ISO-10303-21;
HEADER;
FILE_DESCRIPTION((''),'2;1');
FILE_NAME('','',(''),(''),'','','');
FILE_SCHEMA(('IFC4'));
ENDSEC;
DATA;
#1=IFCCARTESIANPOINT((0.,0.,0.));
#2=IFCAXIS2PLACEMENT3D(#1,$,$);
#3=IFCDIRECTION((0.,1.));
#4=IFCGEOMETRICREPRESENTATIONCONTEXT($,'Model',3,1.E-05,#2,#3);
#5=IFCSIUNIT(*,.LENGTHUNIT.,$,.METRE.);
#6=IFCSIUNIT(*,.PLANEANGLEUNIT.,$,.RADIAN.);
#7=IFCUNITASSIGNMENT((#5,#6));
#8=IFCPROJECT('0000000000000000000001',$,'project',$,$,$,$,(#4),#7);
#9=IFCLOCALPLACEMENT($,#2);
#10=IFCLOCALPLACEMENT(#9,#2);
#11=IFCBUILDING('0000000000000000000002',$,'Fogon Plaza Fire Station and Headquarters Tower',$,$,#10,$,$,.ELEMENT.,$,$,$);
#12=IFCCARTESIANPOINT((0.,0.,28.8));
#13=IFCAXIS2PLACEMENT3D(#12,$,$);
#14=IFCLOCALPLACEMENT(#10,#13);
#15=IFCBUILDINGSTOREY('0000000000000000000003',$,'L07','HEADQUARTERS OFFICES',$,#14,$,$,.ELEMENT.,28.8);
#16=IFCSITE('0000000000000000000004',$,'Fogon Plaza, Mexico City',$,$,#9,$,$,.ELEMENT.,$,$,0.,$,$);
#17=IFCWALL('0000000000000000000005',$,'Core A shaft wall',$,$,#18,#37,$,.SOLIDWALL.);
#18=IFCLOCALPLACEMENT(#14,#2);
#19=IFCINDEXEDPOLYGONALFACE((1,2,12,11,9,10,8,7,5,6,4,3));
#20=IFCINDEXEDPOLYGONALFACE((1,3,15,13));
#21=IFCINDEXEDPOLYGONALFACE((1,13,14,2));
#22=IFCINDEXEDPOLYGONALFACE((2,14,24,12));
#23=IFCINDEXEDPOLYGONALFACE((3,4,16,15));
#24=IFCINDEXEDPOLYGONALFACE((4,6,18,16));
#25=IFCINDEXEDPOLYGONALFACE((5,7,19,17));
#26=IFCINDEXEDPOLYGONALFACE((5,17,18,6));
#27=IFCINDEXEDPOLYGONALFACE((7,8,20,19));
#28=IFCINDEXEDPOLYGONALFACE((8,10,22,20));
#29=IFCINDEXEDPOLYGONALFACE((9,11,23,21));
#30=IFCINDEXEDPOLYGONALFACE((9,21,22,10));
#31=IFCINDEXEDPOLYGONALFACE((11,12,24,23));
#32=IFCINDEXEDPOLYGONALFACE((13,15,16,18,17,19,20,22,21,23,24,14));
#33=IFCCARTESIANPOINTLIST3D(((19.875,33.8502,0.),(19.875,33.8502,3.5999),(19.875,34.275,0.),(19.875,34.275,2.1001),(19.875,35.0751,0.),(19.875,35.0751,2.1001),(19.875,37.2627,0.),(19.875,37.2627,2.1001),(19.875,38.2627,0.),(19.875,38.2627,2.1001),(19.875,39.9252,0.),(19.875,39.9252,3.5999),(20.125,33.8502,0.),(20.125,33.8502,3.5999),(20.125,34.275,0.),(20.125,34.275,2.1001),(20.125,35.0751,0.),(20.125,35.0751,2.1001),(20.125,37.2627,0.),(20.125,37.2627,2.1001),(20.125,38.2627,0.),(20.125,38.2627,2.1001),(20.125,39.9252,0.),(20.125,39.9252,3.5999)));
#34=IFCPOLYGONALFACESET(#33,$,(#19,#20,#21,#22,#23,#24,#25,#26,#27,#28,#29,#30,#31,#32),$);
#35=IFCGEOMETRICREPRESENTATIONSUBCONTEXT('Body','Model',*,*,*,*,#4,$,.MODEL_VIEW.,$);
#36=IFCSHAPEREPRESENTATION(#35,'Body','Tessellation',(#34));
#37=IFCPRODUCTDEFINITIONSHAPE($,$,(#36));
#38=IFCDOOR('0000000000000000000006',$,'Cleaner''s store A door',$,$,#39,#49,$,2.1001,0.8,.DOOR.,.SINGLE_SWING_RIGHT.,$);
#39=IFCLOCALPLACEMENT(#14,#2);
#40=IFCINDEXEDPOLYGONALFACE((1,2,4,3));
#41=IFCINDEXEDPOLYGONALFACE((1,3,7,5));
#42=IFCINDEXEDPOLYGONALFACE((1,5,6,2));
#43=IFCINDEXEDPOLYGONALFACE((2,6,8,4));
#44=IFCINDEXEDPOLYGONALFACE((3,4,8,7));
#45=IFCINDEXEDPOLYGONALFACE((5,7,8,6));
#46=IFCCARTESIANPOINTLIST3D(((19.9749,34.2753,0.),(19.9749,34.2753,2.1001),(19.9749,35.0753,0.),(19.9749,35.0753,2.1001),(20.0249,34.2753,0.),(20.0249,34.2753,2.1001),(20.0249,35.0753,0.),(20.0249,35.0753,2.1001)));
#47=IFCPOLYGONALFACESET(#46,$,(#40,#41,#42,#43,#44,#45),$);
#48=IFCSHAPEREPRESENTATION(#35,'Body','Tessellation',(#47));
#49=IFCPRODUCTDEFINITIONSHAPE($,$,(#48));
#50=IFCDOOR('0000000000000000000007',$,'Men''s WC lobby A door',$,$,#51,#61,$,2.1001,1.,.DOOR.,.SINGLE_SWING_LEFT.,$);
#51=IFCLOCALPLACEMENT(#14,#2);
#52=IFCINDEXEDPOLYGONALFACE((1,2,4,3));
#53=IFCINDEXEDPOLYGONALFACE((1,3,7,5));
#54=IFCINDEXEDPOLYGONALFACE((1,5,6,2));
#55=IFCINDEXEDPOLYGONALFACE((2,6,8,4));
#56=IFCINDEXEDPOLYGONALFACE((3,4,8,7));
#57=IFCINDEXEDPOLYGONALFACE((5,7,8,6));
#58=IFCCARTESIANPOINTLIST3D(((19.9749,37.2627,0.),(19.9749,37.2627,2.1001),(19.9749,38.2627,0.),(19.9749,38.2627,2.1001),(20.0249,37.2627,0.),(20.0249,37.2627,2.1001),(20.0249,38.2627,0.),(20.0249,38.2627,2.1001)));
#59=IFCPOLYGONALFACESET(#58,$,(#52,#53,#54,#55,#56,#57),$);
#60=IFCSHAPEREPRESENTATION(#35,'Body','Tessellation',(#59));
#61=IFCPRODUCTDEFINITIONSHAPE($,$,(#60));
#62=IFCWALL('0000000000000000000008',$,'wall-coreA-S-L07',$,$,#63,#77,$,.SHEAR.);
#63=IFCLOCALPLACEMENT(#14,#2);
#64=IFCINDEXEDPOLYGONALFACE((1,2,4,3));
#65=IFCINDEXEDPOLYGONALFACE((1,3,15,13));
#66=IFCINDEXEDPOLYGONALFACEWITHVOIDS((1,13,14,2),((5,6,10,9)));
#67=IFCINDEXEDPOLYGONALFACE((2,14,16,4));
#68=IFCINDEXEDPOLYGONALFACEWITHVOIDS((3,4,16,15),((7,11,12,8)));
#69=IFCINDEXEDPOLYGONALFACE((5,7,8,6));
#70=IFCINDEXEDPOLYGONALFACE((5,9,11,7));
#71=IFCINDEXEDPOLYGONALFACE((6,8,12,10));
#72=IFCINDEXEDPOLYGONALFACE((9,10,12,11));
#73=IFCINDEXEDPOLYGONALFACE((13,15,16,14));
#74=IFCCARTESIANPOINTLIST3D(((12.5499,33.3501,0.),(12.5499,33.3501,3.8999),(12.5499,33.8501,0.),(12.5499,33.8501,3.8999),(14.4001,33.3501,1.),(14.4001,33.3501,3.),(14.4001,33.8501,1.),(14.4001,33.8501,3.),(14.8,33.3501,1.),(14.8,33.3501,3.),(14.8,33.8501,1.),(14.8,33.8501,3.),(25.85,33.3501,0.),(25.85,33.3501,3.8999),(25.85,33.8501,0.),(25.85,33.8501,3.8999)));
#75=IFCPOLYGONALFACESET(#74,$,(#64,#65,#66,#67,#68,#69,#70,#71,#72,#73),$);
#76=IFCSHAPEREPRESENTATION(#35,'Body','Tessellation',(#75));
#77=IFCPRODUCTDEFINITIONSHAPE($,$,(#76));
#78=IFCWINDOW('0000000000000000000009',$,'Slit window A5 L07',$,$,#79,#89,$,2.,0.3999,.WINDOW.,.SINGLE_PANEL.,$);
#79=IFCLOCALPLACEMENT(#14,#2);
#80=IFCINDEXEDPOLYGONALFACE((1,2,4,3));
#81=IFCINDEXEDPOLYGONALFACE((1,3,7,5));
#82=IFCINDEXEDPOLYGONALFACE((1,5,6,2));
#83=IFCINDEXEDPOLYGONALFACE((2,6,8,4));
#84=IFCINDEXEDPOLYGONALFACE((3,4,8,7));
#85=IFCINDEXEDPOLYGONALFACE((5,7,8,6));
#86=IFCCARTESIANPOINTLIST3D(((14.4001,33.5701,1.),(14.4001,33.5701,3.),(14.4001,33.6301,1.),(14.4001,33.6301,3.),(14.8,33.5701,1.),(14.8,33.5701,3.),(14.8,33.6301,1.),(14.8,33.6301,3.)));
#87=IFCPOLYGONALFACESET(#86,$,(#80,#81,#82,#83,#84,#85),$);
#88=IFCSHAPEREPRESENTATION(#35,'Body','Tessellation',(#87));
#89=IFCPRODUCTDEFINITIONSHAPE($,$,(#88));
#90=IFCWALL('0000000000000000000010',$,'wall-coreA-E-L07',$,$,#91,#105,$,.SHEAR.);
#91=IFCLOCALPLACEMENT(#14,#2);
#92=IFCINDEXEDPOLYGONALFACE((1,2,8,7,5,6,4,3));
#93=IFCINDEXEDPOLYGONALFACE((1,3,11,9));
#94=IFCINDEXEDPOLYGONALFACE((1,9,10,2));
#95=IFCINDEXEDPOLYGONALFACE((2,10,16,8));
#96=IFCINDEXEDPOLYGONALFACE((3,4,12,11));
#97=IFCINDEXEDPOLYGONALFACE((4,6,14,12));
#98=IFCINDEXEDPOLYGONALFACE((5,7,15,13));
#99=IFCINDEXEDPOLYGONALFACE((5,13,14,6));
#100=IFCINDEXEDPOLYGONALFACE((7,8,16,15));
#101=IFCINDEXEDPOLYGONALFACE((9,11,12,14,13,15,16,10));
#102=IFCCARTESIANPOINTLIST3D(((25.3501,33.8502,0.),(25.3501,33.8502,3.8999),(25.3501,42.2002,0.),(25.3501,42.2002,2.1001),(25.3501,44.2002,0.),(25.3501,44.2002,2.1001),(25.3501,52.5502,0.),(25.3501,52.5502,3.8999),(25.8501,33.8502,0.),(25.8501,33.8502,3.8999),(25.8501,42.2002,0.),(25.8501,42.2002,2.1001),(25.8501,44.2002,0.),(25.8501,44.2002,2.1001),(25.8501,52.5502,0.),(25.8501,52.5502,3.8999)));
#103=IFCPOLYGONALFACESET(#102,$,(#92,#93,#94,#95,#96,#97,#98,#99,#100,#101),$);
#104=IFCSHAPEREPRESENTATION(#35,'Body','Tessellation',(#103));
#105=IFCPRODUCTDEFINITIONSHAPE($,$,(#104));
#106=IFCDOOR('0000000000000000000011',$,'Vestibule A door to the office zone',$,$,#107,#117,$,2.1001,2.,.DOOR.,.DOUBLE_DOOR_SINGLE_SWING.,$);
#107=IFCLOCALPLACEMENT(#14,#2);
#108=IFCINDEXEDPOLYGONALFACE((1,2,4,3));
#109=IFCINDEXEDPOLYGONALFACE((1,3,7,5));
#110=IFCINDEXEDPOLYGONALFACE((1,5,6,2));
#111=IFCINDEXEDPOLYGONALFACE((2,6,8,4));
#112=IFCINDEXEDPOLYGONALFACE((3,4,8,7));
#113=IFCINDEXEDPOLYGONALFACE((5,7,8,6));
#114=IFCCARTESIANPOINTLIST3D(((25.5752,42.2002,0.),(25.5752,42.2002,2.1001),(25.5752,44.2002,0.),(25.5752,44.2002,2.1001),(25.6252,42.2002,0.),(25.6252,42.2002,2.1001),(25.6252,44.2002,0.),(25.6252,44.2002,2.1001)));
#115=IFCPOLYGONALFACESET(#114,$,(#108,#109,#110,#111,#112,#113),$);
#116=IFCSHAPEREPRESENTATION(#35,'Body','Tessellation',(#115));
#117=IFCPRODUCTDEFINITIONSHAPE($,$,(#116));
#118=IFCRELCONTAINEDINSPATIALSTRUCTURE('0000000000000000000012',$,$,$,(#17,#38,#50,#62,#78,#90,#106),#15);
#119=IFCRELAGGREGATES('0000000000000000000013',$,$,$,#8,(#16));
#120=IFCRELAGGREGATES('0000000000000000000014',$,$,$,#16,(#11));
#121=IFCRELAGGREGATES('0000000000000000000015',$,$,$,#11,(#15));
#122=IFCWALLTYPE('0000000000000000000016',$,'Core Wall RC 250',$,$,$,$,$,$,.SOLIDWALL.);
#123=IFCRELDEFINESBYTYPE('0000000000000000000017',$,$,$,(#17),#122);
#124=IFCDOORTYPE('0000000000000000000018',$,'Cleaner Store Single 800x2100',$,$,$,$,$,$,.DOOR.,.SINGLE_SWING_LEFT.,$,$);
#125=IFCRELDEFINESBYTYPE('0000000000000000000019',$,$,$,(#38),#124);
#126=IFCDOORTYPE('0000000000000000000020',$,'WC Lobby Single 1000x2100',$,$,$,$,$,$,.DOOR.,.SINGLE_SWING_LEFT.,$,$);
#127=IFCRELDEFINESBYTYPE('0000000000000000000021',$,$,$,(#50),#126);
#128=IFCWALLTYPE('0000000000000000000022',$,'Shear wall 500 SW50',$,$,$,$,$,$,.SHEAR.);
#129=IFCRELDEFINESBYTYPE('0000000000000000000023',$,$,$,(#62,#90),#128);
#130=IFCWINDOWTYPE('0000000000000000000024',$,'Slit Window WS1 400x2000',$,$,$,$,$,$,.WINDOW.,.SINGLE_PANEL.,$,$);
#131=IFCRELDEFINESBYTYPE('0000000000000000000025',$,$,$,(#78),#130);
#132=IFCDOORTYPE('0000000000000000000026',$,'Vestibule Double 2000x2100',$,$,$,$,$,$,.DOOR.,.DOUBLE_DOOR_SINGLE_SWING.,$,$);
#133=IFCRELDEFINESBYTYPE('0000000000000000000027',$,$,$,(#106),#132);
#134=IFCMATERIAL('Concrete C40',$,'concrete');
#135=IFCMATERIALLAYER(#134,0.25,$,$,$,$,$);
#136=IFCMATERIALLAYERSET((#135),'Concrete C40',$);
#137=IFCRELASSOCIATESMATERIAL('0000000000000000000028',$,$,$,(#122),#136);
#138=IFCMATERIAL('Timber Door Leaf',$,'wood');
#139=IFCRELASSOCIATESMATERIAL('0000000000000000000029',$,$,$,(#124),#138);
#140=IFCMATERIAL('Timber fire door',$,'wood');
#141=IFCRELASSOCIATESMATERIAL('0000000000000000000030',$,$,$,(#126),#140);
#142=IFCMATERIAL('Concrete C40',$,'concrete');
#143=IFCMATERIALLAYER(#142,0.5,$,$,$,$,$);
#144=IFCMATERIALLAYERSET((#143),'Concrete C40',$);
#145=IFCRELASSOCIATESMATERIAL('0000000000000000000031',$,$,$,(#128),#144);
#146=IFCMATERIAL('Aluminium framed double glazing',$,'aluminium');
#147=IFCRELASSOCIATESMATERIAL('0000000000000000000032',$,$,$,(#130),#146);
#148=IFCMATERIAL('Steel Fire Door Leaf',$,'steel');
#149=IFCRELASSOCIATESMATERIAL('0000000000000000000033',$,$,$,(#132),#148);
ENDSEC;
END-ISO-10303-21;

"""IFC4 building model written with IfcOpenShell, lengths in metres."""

from ifc_helpers import new_model, si_unit, direction, frame, frame_2d, origin, place, context, subcontext, project, spatial, rectangle, extrude, material, layer, layer_set, type_object, element, fill, save


model = new_model("IFC4")

# Units and contexts
model_context = context("Model", 3, precision=1e-05, world=origin(), true_north=direction((0.0, 1.0)))
body_context = subcontext(model_context, "Body", "Model", "MODEL_VIEW")
ifc_project = project(units=[si_unit("LENGTHUNIT", "METRE"), si_unit("PLANEANGLEUNIT", "RADIAN")], contexts=[model_context])

# Site, building, storey
site_placement = place(None, origin())
site = spatial("IfcSite", under=ifc_project, at=site_placement, Name="Fogon Plaza, Mexico City", CompositionType="ELEMENT", RefElevation=0.0)
building_placement = place(site_placement, origin())
building = spatial("IfcBuilding", under=site, at=building_placement, Name="Fogon Plaza Fire Station and Headquarters Tower", CompositionType="ELEMENT")
storey_placement = place(building_placement, frame((0.0, 0.0, 28.8)))
storey = spatial("IfcBuildingStorey", under=building, at=storey_placement, Name="L07", Description="HEADQUARTERS OFFICES", CompositionType="ELEMENT", Elevation=28.8)

# Shared definitions
ifc_material_1 = material(Name="Concrete C40", Category="concrete")
ifc_layer_1 = layer(ifc_material_1, 0.25)
ifc_layer_set_1 = layer_set([ifc_layer_1], Name="Concrete C40")
wall_type_1 = type_object("IfcWallType", Name="Core Wall RC 250", PredefinedType="SOLIDWALL", material=ifc_layer_set_1)

# Wall, openings, doors
wall_1_placement = place(storey_placement, frame((20.0, 33.8501, 0.0), z_axis=(0.0, 0.0, 1.0), x_axis=(0.0, 1.0, 0.0)))
wall_1 = element("IfcWall", 1, at=wall_1_placement, inside=storey, type_object=wall_type_1, Name="Core A shaft wall", PredefinedType="SOLIDWALL", context=body_context, shape_type="SweptSolid", body=[
    extrude(rectangle(XDim=6.075, YDim=0.25, at=frame_2d((3.0376, 0.0))), origin(), (0.0, 0.0, 1.0), 3.5999),
])
opening_1_placement = place(wall_1_placement, frame((0.425, 0.0, 0.0)))
opening_1 = element("IfcOpeningElement", 2, at=opening_1_placement, cuts=wall_1, PredefinedType="OPENING", context=body_context, shape_type="SweptSolid", body=[
    extrude(rectangle(XDim=0.8, YDim=2.1001, at=frame_2d((0.3999, 1.05))), frame((0.0, 0.135, 0.0), z_axis=(0.0, -1.0, 0.0), x_axis=(1.0, 0.0, 0.0)), (0.0, 0.0, 1.0), 0.27),
])
opening_2_placement = place(wall_1_placement, frame((3.4126, 0.0, 0.0)))
opening_2 = element("IfcOpeningElement", 3, at=opening_2_placement, cuts=wall_1, PredefinedType="OPENING", context=body_context, shape_type="SweptSolid", body=[
    extrude(rectangle(XDim=1.0, YDim=2.1001, at=frame_2d((0.5, 1.05))), frame((0.0, 0.135, 0.0), z_axis=(0.0, -1.0, 0.0), x_axis=(1.0, 0.0, 0.0)), (0.0, 0.0, 1.0), 0.27),
])
ifc_material_2 = material(Name="Timber Door Leaf", Category="wood")
door_type_1 = type_object("IfcDoorType", Name="Cleaner Store Single 800x2100", OperationType="SINGLE_SWING_LEFT", PredefinedType="DOOR", material=ifc_material_2)
door_1_placement = place(opening_1_placement, frame((0.8, 0.0, 0.0), z_axis=(0.0, 0.0, 1.0), x_axis=(-1.0, 0.0, 0.0)))
door_1 = element("IfcDoor", 4, at=door_1_placement, inside=storey, type_object=door_type_1, Name="Cleaner's store A door", OperationType="SINGLE_SWING_RIGHT", OverallHeight=2.1001, OverallWidth=0.8, PredefinedType="DOOR", context=body_context, shape_type="SweptSolid", body=[
    extrude(rectangle(XDim=0.8, YDim=2.1001, at=frame_2d((0.3999, 1.05))), frame((0.0, 0.0249, 0.0), z_axis=(0.0, -1.0, 0.0), x_axis=(1.0, 0.0, 0.0)), (0.0, 0.0, 1.0), 0.05),
])
fill(opening_1, door_1)
ifc_material_3 = material(Name="Timber fire door", Category="wood")
door_type_2 = type_object("IfcDoorType", Name="WC Lobby Single 1000x2100", OperationType="SINGLE_SWING_LEFT", PredefinedType="DOOR", material=ifc_material_3)
door_2_placement = place(opening_2_placement, frame((1.0, 0.0, 0.0), z_axis=(0.0, 0.0, 1.0), x_axis=(-1.0, 0.0, 0.0)))
door_2 = element("IfcDoor", 5, at=door_2_placement, inside=storey, type_object=door_type_2, Name="Men's WC lobby A door", OperationType="SINGLE_SWING_LEFT", OverallHeight=2.1001, OverallWidth=1.0, PredefinedType="DOOR", context=body_context, shape_type="SweptSolid", body=[
    extrude(rectangle(XDim=1.0, YDim=2.1001, at=frame_2d((0.5, 1.05))), frame((0.0, 0.0249, 0.0), z_axis=(0.0, -1.0, 0.0), x_axis=(1.0, 0.0, 0.0)), (0.0, 0.0, 1.0), 0.05),
])
fill(opening_2, door_2)

# Wall, opening, window
ifc_material_4 = material(Name="Concrete C40", Category="concrete")
ifc_layer_2 = layer(ifc_material_4, 0.5)
ifc_layer_set_2 = layer_set([ifc_layer_2], Name="Concrete C40")
wall_type_2 = type_object("IfcWallType", Name="Shear wall 500 SW50", PredefinedType="SHEAR", material=ifc_layer_set_2)
wall_2_placement = place(storey_placement, frame((12.55, 33.6001, 0.0), z_axis=(0.0, 0.0, 1.0), x_axis=(1.0, 0.0, 0.0)))
wall_2 = element("IfcWall", 6, at=wall_2_placement, inside=storey, type_object=wall_type_2, Name="wall-coreA-S-L07", PredefinedType="SHEAR", context=body_context, shape_type="SweptSolid", body=[
    extrude(rectangle(XDim=13.3, YDim=0.5, at=frame_2d((6.6499, 0.0))), origin(), (0.0, 0.0, 1.0), 3.8999),
])
opening_3_placement = place(wall_2_placement, frame((1.8501, 0.0, 1.0)))
opening_3 = element("IfcOpeningElement", 7, at=opening_3_placement, cuts=wall_2, PredefinedType="OPENING", context=body_context, shape_type="SweptSolid", body=[
    extrude(rectangle(XDim=0.3999, YDim=2.0, at=frame_2d((0.2, 1.0))), frame((0.0, 0.26, 0.0), z_axis=(0.0, -1.0, 0.0), x_axis=(1.0, 0.0, 0.0)), (0.0, 0.0, 1.0), 0.52),
])
ifc_material_5 = material(Name="Aluminium framed double glazing", Category="aluminium")
window_type = type_object("IfcWindowType", Name="Slit Window WS1 400x2000", PartitioningType="SINGLE_PANEL", PredefinedType="WINDOW", material=ifc_material_5)
window_1_placement = place(opening_3_placement, origin())
window_1 = element("IfcWindow", 8, at=window_1_placement, inside=storey, type_object=window_type, Name="Slit window A5 L07", OverallHeight=2.0, OverallWidth=0.3999, PartitioningType="SINGLE_PANEL", PredefinedType="WINDOW", context=body_context, shape_type="SweptSolid", body=[
    extrude(rectangle(XDim=0.3999, YDim=2.0, at=frame_2d((0.2, 1.0))), frame((0.0, 0.03, 0.0), z_axis=(0.0, -1.0, 0.0), x_axis=(1.0, 0.0, 0.0)), (0.0, 0.0, 1.0), 0.0601),
])
fill(opening_3, window_1)

# Wall, opening, door
wall_3_placement = place(storey_placement, frame((25.6001, 33.8501, 0.0), z_axis=(0.0, 0.0, 1.0), x_axis=(0.0, 1.0, 0.0)))
wall_3 = element("IfcWall", 9, at=wall_3_placement, inside=storey, type_object=wall_type_2, Name="wall-coreA-E-L07", PredefinedType="SHEAR", context=body_context, shape_type="SweptSolid", body=[
    extrude(rectangle(XDim=18.7, YDim=0.5, at=frame_2d((9.3501, 0.0))), origin(), (0.0, 0.0, 1.0), 3.8999),
])
opening_4_placement = place(wall_3_placement, frame((8.3501, 0.0, 0.0)))
opening_4 = element("IfcOpeningElement", 10, at=opening_4_placement, cuts=wall_3, PredefinedType="OPENING", context=body_context, shape_type="SweptSolid", body=[
    extrude(rectangle(XDim=2.0, YDim=2.1001, at=frame_2d((1.0, 1.05))), frame((0.0, 0.26, 0.0), z_axis=(0.0, -1.0, 0.0), x_axis=(1.0, 0.0, 0.0)), (0.0, 0.0, 1.0), 0.52),
])
ifc_material_6 = material(Name="Steel Fire Door Leaf", Category="steel")
door_type_3 = type_object("IfcDoorType", Name="Vestibule Double 2000x2100", OperationType="DOUBLE_DOOR_SINGLE_SWING", PredefinedType="DOOR", material=ifc_material_6)
door_3_placement = place(opening_4_placement, origin())
door_3 = element("IfcDoor", 11, at=door_3_placement, inside=storey, type_object=door_type_3, Name="Vestibule A door to the office zone", OperationType="DOUBLE_DOOR_SINGLE_SWING", OverallHeight=2.1001, OverallWidth=2.0, PredefinedType="DOOR", context=body_context, shape_type="SweptSolid", body=[
    extrude(rectangle(XDim=2.0, YDim=2.1001, at=frame_2d((1.0, 1.05))), frame((0.0, 0.0249, 0.0), z_axis=(0.0, -1.0, 0.0), x_axis=(1.0, 0.0, 0.0)), (0.0, 0.0, 1.0), 0.05),
])
fill(opening_4, door_3)

save(model, "model.ifc")
